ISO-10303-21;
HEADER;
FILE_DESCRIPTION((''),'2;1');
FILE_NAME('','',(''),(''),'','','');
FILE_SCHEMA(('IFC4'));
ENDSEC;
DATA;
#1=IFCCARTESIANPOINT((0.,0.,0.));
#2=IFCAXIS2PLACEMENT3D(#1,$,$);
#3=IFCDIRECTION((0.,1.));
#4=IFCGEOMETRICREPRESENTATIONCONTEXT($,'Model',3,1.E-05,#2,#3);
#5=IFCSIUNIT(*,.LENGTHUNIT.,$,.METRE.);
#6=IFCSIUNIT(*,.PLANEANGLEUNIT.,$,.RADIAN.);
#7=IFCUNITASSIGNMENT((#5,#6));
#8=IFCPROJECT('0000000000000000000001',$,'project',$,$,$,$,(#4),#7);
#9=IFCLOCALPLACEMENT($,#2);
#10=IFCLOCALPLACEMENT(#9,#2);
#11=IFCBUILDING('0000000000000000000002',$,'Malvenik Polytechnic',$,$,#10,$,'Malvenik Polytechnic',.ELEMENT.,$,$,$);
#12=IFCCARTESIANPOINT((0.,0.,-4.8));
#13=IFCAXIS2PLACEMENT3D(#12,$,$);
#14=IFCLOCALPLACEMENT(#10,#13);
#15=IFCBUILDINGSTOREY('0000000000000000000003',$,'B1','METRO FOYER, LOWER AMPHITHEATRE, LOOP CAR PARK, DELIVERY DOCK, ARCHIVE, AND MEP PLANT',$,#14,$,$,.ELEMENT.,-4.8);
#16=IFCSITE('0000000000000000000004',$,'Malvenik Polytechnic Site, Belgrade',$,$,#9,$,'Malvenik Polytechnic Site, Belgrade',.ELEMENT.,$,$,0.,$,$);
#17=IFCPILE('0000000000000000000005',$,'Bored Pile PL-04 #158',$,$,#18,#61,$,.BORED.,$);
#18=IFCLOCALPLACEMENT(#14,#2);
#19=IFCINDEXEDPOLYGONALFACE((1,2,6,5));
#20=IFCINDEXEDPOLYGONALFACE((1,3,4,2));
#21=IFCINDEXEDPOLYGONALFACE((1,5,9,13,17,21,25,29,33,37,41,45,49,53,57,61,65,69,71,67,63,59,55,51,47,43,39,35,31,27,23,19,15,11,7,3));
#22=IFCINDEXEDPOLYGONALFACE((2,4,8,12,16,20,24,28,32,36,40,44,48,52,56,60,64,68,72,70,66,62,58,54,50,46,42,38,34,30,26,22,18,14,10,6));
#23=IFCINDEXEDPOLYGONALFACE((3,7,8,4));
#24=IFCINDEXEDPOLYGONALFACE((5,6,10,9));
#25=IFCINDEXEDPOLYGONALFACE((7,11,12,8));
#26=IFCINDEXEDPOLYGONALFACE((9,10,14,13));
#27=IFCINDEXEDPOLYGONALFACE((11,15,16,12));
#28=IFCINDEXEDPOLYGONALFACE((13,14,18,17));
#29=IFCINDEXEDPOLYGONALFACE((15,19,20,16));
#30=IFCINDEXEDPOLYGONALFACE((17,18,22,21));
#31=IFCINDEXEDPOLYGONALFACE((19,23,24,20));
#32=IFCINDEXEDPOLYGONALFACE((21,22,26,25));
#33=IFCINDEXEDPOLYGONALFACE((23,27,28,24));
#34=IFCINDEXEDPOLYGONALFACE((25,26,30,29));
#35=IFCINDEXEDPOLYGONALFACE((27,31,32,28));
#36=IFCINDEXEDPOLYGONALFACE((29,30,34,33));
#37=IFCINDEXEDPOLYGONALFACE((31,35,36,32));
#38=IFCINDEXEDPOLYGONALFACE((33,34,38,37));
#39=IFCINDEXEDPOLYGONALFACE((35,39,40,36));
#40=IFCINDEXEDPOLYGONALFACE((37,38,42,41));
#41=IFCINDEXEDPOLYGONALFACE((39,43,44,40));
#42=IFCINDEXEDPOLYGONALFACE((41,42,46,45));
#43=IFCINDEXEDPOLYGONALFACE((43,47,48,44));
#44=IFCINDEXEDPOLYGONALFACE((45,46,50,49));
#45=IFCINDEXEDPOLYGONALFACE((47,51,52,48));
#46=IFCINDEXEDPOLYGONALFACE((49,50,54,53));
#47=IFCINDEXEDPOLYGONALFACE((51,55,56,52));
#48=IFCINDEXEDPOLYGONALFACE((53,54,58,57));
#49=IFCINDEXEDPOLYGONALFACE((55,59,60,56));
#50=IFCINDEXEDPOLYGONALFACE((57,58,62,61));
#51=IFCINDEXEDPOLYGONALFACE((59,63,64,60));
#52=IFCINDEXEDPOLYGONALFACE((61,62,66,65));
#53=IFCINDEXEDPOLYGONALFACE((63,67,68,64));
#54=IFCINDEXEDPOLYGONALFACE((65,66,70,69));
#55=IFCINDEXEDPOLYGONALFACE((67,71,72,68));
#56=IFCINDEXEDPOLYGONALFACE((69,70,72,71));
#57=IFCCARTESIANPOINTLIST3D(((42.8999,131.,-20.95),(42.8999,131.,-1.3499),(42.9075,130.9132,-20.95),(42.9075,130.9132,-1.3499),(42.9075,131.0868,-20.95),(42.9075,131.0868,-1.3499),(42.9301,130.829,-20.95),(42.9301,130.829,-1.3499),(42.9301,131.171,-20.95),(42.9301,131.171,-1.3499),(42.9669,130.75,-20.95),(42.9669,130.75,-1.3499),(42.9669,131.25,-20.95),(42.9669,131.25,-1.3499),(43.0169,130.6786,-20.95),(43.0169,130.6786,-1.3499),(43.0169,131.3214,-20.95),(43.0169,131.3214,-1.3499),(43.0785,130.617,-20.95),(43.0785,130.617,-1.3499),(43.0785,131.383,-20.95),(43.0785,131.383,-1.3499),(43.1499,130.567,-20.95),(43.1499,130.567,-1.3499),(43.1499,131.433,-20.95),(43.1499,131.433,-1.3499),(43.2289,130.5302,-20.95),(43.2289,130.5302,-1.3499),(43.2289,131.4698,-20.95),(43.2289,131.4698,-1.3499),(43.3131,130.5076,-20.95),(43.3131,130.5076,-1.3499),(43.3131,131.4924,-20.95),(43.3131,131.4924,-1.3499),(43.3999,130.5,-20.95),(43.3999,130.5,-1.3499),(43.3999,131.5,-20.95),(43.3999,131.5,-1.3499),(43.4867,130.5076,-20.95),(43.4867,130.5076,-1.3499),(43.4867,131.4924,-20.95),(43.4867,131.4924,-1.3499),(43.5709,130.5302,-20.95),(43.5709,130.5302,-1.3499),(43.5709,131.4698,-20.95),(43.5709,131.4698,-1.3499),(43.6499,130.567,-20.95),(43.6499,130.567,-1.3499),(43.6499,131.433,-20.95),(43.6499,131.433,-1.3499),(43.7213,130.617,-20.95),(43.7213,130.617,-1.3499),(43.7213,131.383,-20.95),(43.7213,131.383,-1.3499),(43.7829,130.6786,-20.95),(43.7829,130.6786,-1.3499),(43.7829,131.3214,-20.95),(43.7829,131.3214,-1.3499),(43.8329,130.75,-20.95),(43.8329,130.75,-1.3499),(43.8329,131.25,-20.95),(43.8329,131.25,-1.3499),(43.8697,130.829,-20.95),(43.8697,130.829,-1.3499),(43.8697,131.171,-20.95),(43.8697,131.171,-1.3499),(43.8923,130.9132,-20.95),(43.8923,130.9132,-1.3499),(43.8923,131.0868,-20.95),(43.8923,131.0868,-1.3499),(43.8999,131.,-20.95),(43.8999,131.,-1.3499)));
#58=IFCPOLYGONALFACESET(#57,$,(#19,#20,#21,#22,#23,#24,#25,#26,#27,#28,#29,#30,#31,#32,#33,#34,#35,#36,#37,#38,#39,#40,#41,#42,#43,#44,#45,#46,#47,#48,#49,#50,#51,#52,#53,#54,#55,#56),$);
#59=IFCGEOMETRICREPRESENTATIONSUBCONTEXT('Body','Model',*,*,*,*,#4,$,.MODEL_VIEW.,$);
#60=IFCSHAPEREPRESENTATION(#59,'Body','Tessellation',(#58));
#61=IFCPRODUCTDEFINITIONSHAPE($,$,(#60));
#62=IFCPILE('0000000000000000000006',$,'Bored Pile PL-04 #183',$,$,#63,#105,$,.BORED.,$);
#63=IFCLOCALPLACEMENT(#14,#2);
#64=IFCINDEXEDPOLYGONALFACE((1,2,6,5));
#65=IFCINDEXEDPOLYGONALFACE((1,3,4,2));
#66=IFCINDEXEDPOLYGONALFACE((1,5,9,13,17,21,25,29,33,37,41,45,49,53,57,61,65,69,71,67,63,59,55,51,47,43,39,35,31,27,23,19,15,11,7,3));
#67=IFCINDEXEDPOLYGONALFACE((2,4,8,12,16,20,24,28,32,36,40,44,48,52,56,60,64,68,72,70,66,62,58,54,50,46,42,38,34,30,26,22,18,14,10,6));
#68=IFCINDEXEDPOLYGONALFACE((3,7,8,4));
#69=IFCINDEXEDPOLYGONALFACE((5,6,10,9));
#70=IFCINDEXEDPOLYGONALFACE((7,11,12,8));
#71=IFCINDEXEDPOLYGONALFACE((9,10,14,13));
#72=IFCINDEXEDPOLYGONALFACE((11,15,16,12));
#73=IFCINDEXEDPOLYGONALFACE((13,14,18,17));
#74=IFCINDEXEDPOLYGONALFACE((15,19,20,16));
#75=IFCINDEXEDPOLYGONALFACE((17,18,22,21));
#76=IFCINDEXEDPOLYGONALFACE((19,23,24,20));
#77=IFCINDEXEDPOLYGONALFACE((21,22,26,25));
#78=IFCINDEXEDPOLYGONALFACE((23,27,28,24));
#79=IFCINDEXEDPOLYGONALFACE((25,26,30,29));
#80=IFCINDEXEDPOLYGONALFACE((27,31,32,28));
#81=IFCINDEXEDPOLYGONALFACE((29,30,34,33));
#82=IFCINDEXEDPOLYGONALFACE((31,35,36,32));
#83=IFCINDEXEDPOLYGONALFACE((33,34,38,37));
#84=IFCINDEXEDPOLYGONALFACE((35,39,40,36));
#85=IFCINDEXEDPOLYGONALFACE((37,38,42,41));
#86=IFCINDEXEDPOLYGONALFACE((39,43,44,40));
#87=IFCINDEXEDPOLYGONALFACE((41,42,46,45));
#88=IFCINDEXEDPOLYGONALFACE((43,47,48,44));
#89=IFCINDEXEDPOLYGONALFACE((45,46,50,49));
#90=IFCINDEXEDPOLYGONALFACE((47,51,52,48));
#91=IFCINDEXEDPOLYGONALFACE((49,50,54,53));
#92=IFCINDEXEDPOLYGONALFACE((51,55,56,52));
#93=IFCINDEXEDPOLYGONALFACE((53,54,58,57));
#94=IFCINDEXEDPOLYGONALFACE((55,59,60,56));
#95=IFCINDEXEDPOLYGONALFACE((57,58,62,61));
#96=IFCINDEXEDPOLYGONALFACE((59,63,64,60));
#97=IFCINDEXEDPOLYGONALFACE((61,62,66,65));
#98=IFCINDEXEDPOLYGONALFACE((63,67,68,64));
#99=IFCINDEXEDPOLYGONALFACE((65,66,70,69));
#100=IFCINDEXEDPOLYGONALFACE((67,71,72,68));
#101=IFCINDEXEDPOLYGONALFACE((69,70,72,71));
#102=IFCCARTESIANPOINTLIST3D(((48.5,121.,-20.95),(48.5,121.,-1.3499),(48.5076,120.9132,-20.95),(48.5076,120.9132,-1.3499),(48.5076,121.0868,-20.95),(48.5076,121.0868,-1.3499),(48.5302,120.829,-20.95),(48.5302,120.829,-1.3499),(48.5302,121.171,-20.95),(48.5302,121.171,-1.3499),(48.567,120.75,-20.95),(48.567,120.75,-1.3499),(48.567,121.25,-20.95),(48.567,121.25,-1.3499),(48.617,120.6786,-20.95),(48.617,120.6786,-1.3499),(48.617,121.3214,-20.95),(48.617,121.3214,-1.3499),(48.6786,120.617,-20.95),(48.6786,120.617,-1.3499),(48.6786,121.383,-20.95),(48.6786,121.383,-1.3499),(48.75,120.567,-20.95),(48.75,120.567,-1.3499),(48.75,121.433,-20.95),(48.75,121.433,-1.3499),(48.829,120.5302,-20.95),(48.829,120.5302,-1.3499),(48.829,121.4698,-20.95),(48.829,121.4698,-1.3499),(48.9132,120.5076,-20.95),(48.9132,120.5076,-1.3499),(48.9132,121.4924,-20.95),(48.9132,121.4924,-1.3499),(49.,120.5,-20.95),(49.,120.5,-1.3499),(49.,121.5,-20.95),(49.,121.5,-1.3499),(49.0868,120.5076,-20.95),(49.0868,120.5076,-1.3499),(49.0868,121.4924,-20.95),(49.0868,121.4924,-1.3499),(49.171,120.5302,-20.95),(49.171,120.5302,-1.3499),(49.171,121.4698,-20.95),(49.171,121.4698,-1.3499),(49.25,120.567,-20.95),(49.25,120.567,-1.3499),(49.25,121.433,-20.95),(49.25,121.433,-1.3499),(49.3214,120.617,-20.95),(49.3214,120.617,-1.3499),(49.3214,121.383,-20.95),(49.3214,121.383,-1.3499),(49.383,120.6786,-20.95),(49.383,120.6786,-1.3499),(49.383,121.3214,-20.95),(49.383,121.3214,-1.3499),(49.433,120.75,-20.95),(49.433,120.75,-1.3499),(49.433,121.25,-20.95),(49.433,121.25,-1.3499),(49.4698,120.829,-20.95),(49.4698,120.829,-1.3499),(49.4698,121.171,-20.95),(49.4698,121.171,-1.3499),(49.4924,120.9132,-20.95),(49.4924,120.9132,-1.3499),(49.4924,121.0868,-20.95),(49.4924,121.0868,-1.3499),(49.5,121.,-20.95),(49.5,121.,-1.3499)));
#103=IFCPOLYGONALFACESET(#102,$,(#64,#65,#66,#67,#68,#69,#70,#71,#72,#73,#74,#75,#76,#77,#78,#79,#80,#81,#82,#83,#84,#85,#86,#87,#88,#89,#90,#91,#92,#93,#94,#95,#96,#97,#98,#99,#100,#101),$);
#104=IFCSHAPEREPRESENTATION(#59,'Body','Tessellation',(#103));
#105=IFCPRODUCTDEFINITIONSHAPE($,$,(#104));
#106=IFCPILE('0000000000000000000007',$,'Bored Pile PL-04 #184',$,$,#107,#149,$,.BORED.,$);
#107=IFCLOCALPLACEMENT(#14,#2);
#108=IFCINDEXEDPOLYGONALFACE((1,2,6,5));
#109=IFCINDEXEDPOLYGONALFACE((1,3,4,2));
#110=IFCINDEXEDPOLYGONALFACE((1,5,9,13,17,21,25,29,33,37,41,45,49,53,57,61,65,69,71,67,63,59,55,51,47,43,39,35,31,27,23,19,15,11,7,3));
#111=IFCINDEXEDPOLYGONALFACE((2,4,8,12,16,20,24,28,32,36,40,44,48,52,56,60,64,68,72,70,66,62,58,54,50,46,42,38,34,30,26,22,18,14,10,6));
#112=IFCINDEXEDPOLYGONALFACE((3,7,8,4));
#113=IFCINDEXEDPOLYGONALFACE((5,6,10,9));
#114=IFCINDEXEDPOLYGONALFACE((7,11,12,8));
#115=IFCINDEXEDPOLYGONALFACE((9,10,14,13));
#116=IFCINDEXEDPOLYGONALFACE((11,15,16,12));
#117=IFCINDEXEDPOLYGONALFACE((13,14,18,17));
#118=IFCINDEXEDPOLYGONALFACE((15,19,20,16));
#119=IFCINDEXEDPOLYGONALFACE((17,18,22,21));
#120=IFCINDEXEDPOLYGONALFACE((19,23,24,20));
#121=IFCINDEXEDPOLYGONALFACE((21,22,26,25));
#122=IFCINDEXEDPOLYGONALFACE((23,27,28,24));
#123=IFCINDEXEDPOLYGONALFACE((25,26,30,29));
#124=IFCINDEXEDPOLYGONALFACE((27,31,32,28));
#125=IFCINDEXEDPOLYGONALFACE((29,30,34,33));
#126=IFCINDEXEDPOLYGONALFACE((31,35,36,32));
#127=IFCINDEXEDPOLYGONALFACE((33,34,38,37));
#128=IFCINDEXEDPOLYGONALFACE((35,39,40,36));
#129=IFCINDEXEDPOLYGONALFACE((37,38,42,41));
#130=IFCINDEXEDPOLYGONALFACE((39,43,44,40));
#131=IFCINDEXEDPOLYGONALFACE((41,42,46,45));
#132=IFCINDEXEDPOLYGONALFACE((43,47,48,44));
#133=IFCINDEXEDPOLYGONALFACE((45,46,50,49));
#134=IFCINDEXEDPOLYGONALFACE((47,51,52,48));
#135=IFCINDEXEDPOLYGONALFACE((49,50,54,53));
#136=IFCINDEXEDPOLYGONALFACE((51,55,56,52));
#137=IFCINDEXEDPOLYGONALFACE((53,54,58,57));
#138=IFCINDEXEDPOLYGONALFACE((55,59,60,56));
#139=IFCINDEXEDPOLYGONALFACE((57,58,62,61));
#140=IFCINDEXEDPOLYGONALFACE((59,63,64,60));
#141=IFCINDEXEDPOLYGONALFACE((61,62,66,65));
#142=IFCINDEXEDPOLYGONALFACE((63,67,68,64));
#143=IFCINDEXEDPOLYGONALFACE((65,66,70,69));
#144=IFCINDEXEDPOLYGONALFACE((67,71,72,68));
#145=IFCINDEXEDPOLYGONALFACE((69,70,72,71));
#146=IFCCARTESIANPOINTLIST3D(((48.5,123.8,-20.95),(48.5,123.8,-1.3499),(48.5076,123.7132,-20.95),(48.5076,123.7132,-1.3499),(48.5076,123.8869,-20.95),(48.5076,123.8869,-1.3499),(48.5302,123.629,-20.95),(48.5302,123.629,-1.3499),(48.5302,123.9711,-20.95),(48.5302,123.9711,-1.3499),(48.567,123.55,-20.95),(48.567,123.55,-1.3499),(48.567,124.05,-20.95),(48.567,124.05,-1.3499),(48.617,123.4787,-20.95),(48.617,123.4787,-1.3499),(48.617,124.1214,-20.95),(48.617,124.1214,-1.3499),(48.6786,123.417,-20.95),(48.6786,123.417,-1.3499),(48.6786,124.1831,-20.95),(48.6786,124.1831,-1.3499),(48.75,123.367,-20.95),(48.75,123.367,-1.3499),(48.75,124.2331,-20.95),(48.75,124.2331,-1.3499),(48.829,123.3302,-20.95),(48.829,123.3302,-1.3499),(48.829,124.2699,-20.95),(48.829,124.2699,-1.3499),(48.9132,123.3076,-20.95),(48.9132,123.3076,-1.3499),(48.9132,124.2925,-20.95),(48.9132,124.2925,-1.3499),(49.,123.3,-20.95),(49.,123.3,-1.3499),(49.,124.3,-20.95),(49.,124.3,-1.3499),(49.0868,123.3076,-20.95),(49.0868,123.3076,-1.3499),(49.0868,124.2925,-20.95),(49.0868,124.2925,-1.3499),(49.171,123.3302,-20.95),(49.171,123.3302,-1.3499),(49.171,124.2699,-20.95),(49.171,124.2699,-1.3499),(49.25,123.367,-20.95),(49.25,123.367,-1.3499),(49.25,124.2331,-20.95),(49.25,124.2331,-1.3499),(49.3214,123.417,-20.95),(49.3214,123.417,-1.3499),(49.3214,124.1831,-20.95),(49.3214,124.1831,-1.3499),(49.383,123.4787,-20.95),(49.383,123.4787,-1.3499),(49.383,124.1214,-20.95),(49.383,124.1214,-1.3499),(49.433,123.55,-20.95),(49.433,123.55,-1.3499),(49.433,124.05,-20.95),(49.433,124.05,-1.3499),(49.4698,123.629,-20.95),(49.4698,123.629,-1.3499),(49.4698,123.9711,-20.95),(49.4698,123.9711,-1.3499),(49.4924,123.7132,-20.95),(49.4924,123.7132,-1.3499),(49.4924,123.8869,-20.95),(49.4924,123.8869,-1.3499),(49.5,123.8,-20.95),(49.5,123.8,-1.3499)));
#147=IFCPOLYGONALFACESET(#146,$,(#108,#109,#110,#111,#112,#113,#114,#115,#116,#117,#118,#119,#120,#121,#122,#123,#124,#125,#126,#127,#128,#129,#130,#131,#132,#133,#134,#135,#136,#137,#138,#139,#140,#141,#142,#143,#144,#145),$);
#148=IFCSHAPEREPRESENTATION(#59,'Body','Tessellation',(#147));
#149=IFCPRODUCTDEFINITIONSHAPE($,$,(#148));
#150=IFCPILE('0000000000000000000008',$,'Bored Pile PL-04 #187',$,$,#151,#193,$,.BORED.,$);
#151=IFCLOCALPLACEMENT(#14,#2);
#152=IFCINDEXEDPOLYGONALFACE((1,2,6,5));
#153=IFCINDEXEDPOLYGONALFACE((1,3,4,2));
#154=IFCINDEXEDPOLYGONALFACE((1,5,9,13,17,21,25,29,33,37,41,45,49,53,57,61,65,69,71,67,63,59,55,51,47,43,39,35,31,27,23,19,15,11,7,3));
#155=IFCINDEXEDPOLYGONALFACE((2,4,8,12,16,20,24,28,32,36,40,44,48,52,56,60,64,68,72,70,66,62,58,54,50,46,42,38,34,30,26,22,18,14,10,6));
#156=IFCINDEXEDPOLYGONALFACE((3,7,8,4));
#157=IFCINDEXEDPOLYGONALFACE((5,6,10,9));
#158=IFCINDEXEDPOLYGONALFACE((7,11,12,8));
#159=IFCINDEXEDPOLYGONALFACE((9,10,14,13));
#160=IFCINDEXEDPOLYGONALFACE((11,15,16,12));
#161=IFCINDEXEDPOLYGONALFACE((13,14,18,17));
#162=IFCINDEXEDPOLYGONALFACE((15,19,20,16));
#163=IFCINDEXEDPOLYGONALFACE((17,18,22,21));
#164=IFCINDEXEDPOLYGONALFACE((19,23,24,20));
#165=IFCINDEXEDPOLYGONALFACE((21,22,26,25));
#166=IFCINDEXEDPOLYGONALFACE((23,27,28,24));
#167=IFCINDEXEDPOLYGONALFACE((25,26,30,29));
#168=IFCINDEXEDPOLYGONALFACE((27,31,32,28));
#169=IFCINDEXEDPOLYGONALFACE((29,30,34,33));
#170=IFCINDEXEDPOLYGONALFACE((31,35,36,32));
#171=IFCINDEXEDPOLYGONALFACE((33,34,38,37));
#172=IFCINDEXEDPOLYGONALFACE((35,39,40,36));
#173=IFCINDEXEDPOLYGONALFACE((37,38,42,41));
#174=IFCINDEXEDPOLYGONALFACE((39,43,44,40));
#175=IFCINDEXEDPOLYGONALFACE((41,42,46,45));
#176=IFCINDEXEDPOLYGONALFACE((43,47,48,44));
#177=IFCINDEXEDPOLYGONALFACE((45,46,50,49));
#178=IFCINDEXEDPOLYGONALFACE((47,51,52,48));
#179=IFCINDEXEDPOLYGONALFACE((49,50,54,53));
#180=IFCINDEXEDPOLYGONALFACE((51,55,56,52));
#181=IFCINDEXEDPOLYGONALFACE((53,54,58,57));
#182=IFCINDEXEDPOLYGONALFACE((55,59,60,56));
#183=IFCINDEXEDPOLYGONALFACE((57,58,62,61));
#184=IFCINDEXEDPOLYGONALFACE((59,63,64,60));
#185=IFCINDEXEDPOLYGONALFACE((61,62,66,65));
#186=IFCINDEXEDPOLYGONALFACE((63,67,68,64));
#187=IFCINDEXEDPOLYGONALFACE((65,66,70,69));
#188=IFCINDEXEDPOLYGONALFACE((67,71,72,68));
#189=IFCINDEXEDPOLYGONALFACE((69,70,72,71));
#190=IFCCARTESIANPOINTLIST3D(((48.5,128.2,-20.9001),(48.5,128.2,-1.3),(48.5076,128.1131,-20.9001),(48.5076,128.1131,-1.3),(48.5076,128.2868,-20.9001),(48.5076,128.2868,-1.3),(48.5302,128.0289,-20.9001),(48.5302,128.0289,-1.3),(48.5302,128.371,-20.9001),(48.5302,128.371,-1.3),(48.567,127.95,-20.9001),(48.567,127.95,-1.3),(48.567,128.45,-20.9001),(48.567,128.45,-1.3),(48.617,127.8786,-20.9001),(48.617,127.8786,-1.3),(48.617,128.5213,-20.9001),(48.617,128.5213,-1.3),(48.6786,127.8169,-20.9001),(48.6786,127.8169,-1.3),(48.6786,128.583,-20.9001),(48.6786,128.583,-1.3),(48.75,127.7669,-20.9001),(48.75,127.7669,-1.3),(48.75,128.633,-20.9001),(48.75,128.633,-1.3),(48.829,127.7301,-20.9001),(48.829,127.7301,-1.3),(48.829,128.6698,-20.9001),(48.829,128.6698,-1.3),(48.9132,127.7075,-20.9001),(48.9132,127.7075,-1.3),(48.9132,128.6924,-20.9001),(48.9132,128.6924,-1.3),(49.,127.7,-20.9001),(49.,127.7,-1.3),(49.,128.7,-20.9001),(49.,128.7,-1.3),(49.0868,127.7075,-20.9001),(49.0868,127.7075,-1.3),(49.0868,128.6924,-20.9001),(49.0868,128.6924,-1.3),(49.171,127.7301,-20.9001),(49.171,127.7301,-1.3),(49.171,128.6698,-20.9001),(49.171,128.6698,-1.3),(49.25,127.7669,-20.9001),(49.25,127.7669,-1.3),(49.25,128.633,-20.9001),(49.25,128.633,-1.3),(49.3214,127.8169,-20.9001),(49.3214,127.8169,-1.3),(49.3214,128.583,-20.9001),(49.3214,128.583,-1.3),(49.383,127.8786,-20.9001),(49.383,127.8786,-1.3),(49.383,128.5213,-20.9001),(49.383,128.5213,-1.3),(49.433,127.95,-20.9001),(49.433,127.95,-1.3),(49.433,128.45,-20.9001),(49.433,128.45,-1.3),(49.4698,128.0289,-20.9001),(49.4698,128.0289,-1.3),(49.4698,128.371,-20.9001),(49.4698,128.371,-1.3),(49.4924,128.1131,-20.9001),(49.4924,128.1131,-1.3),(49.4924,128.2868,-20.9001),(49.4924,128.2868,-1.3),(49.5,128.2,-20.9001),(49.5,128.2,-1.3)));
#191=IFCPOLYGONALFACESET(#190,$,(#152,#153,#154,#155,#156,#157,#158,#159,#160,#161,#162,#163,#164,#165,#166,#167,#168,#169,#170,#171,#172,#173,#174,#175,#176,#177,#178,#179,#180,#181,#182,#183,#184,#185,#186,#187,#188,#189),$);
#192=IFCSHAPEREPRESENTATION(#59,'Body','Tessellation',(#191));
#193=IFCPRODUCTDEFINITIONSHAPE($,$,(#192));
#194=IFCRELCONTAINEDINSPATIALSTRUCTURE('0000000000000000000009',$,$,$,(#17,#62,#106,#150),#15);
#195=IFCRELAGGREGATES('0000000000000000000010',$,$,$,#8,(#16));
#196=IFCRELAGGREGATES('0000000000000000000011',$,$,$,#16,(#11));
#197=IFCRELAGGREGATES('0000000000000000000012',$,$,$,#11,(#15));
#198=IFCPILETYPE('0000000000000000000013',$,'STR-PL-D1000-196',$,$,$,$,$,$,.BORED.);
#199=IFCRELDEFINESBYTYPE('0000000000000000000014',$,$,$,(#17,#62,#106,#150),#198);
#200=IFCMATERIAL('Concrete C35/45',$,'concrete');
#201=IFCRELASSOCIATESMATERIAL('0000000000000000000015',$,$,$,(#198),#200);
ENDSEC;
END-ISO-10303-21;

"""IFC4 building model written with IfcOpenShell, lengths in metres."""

from ifc_helpers import new_model, si_unit, direction, frame, origin, origin_2d, place, context, subcontext, project, spatial, circle, extrude, material, material_profile, profile_set, type_object, element, save


model = new_model("IFC4")

# Units and contexts
model_context = context("Model", 3, precision=1e-05, world=origin(), true_north=direction((0.0, 1.0)))
body_context = subcontext(model_context, "Body", "Model", "MODEL_VIEW")
ifc_project = project(units=[si_unit("LENGTHUNIT", "METRE"), si_unit("PLANEANGLEUNIT", "RADIAN")], contexts=[model_context])

# Site, building, storey
site_placement = place(None, origin())
site = spatial("IfcSite", under=ifc_project, at=site_placement, Name="Malvenik Polytechnic Site, Belgrade", LongName="Malvenik Polytechnic Site, Belgrade", CompositionType="ELEMENT", RefElevation=0.0)
building_placement = place(site_placement, origin())
building = spatial("IfcBuilding", under=site, at=building_placement, Name="Malvenik Polytechnic", LongName="Malvenik Polytechnic", CompositionType="ELEMENT")
storey_placement = place(building_placement, frame((0.0, 0.0, -4.8)))
storey = spatial("IfcBuildingStorey", under=building, at=storey_placement, Name="B1", Description="METRO FOYER, LOWER AMPHITHEATRE, LOOP CAR PARK, DELIVERY DOCK, ARCHIVE, AND MEP PLANT", CompositionType="ELEMENT", Elevation=-4.8)

# Shared definitions
ifc_material_1 = material(Name="Concrete C35/45", Category="concrete")

# Piles
ifc_material_profile_1 = material_profile(ifc_material_1, circle(Radius=0.5, at=origin_2d()), Name="BORED PILE D1000")
ifc_profile_set_1 = profile_set([ifc_material_profile_1], Name="Concrete C35/45")
pile_type = type_object("IfcPileType", Name="STR-PL-D1000-196", PredefinedType="BORED", material=ifc_profile_set_1)
for number, where, z_axis, x_axis, name in (
    (1, (43.3999, 131.0, -1.3499), (0.0, 0.0, -1.0), (1.0, 0.0, 0.0), "Bored Pile PL-04 #158"),
    (2, (49.0, 121.0, -1.3499), (0.0, 0.0, -1.0), (1.0, 0.0, 0.0), "Bored Pile PL-04 #183"),
    (3, (49.0, 123.8, -1.3499), (0.0, 0.0, -1.0), (1.0, 0.0, 0.0), "Bored Pile PL-04 #184"),
    (4, (49.0, 128.2, -1.3), (0.0, 0.0, -1.0), (1.0, 0.0, 0.0), "Bored Pile PL-04 #187"),
):
    element("IfcPile", number, at=place(storey_placement, frame(where, z_axis=z_axis, x_axis=x_axis)), inside=storey, type_object=pile_type, Name=name, PredefinedType="BORED", context=body_context, shape_type="SweptSolid", body=[
        extrude(circle(Radius=0.5, at=origin_2d()), origin(), (0.0, 0.0, 1.0), 19.6001),
    ])

save(model, "model.ifc")
